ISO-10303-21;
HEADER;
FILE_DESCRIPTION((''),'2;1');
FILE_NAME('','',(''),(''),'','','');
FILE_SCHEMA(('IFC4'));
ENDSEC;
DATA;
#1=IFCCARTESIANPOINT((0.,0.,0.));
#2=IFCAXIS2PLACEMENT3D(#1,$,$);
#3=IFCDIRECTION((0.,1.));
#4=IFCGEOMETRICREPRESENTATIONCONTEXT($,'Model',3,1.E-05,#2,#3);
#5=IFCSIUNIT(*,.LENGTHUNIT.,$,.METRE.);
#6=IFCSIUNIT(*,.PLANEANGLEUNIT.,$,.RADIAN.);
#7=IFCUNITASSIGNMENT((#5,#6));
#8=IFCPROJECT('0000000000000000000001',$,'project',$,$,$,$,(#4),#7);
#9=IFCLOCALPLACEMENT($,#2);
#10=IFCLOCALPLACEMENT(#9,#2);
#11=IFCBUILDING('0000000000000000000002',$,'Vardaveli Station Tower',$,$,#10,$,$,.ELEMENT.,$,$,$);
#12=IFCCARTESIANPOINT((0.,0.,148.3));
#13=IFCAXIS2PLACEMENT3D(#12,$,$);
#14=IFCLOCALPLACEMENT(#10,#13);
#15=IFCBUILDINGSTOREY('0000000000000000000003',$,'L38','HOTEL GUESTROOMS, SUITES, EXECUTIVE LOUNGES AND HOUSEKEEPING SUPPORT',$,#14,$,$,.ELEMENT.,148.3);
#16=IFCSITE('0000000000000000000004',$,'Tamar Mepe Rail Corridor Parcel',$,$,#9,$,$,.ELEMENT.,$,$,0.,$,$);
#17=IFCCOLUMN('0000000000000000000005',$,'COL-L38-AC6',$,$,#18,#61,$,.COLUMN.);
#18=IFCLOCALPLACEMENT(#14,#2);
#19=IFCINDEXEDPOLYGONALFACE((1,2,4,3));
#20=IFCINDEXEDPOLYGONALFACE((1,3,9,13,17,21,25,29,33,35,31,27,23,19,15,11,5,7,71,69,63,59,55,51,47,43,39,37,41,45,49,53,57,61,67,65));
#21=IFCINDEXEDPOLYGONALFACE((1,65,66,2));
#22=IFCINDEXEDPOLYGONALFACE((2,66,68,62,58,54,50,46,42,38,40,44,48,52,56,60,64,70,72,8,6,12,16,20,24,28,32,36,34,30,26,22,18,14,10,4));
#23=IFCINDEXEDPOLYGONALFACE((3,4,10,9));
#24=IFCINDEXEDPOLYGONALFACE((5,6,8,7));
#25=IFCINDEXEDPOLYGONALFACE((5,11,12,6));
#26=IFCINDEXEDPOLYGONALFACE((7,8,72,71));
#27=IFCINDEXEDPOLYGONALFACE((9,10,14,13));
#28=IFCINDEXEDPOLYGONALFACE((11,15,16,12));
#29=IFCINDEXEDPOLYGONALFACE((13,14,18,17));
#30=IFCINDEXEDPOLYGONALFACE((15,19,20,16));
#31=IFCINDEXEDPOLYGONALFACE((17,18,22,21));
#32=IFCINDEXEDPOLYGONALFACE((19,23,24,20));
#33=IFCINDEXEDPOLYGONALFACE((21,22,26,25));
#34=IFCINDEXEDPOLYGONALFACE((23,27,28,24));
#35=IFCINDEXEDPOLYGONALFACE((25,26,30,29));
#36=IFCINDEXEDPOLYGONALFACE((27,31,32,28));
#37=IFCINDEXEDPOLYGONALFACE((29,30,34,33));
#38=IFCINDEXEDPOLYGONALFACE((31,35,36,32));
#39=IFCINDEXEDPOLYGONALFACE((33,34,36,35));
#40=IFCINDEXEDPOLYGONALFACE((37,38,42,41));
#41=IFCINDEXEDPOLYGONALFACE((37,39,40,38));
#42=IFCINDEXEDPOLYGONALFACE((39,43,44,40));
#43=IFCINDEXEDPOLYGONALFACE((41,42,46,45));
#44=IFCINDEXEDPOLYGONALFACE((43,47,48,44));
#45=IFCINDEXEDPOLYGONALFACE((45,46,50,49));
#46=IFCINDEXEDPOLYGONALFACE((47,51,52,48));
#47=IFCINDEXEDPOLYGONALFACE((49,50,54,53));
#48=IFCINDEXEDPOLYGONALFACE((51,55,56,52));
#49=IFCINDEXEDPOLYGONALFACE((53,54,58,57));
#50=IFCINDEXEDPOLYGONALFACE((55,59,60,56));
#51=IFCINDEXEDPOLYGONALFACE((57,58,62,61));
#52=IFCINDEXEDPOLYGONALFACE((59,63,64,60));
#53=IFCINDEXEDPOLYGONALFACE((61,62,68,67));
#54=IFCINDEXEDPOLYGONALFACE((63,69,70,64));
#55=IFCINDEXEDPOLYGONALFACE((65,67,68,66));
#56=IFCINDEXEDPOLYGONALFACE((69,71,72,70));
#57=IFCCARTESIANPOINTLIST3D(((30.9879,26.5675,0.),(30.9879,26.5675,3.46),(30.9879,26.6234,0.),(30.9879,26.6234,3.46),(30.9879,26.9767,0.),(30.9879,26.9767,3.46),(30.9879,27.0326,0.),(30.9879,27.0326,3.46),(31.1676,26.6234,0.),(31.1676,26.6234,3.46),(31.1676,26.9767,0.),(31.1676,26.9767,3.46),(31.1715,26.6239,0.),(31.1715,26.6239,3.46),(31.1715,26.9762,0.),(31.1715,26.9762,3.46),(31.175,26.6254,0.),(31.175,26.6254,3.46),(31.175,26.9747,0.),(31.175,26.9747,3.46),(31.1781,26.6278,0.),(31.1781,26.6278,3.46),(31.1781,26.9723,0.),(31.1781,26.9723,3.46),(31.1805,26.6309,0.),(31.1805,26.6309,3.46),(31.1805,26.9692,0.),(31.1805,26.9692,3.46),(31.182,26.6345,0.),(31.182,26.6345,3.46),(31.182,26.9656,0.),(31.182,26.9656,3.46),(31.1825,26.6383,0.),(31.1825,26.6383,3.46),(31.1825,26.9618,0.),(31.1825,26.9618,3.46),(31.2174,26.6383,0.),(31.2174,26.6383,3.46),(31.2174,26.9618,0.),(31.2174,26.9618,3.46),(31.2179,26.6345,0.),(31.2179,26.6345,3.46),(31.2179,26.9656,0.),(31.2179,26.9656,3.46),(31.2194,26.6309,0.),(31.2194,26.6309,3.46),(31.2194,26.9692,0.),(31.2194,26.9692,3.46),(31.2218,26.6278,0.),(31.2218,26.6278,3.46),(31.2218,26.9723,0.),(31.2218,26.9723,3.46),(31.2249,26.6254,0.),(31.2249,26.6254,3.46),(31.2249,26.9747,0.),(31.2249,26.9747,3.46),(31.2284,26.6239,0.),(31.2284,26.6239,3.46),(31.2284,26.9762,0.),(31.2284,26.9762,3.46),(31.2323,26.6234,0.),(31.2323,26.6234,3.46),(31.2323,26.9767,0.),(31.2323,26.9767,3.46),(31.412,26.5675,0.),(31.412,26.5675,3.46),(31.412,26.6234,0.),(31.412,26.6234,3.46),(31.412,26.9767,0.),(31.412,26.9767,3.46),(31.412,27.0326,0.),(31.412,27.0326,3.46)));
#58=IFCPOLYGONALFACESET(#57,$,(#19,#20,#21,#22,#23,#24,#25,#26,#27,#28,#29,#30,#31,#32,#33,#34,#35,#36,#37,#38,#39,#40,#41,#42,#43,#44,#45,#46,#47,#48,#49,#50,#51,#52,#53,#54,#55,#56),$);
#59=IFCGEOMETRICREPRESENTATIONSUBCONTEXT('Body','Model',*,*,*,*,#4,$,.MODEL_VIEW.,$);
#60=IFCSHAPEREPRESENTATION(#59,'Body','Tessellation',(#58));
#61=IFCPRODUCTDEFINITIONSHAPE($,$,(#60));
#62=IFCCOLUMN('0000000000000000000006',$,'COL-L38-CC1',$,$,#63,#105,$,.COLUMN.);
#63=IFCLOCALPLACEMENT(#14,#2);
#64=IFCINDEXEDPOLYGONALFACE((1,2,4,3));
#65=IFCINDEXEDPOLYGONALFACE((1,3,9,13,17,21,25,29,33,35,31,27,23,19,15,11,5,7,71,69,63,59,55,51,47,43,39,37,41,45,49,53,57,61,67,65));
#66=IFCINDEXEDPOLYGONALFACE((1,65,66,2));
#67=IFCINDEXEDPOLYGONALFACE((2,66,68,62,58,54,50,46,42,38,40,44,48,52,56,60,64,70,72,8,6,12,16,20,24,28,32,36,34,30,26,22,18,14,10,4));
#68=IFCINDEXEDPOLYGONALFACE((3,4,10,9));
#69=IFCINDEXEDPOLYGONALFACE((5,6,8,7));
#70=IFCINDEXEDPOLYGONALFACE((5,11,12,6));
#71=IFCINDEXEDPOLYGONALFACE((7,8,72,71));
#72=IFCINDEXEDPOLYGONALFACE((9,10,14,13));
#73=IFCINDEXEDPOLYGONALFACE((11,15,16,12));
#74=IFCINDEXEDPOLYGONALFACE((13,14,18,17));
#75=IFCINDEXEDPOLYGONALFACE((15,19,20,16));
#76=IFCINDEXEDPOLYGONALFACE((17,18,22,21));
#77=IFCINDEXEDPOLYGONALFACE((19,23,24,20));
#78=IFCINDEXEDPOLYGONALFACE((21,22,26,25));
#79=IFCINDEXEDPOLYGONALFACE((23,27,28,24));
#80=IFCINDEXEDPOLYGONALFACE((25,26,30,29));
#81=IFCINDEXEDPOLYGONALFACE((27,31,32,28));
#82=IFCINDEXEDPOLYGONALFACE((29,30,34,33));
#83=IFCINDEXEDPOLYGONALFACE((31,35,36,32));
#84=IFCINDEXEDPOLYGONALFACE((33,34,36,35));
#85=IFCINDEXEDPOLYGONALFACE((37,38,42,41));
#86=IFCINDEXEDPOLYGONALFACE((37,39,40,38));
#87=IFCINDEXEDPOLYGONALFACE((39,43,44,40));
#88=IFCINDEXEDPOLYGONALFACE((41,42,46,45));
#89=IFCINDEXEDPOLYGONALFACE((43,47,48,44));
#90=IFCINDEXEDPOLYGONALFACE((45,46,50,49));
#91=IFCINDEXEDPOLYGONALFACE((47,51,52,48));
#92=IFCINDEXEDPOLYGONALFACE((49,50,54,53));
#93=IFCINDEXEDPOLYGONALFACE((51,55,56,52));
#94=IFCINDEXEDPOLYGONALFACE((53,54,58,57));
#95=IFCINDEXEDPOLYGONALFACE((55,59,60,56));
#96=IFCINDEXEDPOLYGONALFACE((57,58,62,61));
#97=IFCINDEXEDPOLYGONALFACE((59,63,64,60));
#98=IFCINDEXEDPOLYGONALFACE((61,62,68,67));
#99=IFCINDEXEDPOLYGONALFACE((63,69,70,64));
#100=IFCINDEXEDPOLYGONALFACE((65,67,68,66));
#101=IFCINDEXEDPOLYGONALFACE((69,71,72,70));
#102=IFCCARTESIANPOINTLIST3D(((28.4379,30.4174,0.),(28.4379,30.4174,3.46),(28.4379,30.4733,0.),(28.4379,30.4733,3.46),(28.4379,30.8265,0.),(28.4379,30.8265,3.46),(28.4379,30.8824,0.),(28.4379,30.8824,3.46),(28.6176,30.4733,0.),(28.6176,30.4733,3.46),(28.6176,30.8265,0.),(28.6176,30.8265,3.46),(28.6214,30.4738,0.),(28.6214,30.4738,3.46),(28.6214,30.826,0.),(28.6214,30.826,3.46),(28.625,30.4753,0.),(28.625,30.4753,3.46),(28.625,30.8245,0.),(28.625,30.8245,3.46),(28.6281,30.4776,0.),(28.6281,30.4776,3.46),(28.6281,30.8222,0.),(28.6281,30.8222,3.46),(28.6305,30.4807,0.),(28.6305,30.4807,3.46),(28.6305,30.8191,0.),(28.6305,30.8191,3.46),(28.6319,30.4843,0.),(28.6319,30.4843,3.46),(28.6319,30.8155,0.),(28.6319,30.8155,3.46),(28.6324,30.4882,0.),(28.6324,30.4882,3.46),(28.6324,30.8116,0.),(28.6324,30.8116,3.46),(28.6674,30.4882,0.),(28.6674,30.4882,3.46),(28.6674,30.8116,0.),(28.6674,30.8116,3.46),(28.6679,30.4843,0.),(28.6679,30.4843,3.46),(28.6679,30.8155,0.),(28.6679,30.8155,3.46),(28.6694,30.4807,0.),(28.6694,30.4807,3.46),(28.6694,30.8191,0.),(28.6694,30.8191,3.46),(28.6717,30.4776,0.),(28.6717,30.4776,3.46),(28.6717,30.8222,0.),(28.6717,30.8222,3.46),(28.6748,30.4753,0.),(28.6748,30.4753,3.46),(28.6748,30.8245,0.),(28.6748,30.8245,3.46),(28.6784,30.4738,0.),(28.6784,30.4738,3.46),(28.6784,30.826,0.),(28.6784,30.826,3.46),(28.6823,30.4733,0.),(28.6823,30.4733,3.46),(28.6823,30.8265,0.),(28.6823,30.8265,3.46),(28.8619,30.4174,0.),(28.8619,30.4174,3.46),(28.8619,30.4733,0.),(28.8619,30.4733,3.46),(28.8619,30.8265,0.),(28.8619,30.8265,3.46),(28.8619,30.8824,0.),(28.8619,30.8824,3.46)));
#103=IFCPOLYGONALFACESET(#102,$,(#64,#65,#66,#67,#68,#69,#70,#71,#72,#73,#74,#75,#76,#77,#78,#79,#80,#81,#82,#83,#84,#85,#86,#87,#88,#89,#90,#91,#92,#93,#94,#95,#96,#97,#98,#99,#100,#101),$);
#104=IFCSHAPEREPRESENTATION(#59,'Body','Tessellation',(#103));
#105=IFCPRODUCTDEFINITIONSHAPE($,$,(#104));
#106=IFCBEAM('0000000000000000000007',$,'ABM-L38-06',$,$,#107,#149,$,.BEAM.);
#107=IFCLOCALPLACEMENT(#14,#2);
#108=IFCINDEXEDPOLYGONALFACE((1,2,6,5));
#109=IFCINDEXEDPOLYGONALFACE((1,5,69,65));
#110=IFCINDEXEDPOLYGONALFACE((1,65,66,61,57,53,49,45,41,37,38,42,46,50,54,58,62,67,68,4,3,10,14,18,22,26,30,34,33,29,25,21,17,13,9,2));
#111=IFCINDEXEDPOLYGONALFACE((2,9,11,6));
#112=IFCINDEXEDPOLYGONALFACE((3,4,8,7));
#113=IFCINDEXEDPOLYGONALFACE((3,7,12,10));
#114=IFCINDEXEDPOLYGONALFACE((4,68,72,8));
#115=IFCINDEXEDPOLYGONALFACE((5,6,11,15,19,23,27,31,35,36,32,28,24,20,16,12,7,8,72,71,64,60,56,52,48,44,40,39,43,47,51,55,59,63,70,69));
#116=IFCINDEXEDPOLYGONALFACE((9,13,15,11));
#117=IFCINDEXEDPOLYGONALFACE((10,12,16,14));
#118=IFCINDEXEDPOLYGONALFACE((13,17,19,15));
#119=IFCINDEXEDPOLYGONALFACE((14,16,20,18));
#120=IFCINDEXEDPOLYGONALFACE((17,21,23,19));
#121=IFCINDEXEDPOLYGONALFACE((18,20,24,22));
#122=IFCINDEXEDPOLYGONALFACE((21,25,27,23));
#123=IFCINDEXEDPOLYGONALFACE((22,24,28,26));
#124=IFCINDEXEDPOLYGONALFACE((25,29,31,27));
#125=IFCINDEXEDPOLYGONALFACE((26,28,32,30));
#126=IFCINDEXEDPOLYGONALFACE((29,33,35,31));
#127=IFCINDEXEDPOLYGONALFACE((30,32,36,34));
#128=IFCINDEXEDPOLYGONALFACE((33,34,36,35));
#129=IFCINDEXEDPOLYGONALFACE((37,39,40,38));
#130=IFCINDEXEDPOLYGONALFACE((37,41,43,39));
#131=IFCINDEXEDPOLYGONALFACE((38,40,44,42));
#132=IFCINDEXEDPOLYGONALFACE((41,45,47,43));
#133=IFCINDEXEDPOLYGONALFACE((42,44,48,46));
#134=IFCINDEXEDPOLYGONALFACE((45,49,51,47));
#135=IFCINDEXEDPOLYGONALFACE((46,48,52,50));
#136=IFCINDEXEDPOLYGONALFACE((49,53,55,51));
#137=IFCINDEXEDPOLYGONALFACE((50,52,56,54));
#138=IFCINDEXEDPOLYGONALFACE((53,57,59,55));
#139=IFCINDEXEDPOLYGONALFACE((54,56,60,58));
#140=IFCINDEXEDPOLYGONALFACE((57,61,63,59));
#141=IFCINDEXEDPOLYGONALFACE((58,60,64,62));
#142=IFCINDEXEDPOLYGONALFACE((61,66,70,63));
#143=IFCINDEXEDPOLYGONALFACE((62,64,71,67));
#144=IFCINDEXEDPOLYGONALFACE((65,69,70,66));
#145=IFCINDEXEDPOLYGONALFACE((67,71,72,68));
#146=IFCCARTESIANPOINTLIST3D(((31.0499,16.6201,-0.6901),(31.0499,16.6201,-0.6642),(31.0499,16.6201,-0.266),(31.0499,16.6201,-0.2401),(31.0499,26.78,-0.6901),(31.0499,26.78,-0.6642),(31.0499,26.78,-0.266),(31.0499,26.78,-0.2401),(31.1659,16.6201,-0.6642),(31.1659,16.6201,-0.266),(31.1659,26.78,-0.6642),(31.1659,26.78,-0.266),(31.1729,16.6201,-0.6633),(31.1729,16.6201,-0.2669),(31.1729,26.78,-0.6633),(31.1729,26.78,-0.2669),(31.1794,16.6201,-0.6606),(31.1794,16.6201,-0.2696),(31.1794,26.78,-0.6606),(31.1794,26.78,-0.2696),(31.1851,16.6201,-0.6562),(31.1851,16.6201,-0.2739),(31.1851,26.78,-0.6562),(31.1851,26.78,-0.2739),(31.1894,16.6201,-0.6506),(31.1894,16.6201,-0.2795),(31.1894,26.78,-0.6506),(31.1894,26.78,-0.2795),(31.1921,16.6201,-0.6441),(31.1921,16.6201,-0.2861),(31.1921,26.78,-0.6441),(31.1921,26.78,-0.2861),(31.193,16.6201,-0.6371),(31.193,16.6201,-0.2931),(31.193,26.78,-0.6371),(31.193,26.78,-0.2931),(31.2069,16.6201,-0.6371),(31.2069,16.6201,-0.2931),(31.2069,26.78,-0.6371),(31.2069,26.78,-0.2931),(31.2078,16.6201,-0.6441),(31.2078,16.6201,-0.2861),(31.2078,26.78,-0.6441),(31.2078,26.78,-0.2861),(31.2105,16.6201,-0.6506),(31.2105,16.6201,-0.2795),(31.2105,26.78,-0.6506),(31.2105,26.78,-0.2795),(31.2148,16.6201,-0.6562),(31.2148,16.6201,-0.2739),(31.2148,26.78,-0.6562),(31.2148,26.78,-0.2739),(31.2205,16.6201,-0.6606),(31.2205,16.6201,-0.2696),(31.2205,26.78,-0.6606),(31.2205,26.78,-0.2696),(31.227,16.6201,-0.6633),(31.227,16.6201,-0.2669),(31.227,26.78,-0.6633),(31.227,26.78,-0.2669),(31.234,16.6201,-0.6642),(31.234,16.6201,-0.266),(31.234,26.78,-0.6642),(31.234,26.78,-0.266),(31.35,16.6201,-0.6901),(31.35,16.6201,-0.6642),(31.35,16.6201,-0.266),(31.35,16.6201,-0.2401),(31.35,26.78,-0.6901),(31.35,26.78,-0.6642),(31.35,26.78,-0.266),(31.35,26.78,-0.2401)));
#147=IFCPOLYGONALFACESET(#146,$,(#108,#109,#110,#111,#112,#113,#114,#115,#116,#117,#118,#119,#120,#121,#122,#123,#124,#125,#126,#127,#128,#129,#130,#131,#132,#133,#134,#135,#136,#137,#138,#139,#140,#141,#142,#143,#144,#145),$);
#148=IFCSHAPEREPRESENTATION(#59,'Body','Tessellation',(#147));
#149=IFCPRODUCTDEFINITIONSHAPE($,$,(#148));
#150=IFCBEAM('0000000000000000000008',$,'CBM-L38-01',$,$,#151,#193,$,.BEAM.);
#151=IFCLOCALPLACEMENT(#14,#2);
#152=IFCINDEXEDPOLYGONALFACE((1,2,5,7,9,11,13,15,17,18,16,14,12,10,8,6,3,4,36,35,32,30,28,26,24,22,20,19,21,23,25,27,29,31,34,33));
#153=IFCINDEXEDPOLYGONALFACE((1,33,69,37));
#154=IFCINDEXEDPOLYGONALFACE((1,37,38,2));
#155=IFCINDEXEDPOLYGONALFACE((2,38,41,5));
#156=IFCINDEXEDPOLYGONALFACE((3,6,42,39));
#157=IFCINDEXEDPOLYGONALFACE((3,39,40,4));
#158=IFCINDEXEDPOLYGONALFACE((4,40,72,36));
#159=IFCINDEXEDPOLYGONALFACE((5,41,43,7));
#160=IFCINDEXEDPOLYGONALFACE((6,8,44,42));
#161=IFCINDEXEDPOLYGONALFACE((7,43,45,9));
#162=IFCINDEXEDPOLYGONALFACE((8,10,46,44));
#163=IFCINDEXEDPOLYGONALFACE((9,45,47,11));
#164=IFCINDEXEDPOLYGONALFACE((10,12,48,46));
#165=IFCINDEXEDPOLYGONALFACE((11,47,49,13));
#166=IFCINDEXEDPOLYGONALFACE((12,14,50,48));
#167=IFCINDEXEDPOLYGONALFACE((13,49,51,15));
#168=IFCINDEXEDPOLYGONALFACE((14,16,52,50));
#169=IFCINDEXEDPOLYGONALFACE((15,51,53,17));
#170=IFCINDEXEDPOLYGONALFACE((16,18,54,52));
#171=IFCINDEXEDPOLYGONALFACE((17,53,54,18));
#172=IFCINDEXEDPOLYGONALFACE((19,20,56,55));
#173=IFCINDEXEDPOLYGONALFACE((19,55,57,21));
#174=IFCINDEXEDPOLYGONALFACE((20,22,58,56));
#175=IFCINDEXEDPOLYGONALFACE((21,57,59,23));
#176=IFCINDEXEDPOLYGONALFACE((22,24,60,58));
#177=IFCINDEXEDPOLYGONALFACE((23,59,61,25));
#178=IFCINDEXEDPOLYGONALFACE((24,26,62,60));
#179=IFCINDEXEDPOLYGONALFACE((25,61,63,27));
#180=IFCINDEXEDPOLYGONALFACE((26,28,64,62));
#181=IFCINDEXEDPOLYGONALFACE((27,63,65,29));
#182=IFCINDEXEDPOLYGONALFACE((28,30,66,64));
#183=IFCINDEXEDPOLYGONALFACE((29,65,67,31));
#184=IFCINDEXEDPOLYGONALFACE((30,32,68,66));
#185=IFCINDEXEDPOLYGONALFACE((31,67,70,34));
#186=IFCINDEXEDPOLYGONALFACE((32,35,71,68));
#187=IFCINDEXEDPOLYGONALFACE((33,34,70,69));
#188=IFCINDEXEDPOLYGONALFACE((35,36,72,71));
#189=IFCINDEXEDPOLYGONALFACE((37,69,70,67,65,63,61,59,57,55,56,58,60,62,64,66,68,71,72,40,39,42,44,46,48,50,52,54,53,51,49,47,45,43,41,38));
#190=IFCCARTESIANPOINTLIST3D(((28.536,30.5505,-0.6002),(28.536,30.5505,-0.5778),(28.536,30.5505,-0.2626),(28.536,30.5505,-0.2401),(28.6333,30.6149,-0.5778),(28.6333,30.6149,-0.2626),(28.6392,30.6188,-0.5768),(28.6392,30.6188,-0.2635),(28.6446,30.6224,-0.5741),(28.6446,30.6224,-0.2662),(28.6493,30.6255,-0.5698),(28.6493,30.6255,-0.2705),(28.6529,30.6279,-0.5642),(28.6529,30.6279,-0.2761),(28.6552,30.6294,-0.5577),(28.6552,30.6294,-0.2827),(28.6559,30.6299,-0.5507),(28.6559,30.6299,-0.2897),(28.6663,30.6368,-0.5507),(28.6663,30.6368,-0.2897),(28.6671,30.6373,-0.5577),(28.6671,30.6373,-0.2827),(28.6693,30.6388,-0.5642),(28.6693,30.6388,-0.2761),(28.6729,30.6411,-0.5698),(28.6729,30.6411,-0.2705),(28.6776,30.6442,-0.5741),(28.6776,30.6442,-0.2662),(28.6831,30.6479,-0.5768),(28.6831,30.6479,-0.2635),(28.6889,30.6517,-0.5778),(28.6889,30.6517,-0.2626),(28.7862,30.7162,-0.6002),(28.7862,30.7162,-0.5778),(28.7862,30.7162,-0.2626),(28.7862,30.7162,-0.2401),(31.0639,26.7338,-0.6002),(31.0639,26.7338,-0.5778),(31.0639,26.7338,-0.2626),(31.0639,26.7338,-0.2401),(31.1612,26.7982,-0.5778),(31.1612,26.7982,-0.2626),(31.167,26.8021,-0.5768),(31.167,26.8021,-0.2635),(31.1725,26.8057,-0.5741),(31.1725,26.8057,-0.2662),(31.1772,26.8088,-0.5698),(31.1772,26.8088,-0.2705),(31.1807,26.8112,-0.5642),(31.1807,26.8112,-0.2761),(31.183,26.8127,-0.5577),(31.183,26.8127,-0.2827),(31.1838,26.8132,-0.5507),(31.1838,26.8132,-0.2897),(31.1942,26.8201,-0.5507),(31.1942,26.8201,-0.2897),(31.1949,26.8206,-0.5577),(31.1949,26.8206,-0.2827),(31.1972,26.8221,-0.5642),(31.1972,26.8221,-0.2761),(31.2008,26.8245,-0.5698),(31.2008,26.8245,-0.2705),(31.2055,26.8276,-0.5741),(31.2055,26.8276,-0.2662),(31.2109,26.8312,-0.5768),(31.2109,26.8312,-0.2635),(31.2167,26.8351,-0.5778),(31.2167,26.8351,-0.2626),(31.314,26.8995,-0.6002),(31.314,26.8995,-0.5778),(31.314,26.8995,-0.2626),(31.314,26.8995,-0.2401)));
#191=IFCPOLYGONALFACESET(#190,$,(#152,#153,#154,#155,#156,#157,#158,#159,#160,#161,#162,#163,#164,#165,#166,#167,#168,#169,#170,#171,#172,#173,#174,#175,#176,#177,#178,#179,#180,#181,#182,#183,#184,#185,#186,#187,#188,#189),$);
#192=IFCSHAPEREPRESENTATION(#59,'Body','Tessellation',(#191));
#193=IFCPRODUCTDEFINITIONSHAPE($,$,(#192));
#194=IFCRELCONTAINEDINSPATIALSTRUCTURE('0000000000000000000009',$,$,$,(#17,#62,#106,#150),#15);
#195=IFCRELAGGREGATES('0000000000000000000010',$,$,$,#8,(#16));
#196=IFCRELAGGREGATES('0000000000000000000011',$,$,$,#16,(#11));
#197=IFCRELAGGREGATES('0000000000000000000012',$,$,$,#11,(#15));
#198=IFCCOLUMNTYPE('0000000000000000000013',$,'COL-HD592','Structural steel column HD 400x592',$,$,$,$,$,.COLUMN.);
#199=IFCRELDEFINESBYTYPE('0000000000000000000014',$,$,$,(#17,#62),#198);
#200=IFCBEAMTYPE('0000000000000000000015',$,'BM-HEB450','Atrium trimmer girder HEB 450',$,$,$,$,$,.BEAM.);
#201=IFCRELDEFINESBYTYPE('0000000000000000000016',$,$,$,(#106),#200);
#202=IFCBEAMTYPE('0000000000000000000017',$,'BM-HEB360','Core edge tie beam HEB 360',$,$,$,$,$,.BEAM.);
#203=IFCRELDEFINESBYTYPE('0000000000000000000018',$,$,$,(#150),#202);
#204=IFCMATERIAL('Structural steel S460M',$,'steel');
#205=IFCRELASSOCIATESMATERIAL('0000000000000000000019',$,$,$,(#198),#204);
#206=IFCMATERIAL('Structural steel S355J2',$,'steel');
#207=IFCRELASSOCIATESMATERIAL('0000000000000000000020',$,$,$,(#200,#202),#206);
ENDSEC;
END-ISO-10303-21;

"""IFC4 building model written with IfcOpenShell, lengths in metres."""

from ifc_helpers import new_model, si_unit, direction, frame, origin, origin_2d, place, context, subcontext, project, spatial, i_section, extrude, source, transform, mapped, material, material_profile, profile_set, type_object, element, save


model = new_model("IFC4")

# Units and contexts
model_context = context("Model", 3, precision=1e-05, world=origin(), true_north=direction((0.0, 1.0)))
body_context = subcontext(model_context, "Body", "Model", "MODEL_VIEW")
ifc_project = project(units=[si_unit("LENGTHUNIT", "METRE"), si_unit("PLANEANGLEUNIT", "RADIAN")], contexts=[model_context])

# Site, building, storey
site_placement = place(None, origin())
site = spatial("IfcSite", under=ifc_project, at=site_placement, Name="Tamar Mepe Rail Corridor Parcel", CompositionType="ELEMENT", RefElevation=0.0)
building_placement = place(site_placement, origin())
building = spatial("IfcBuilding", under=site, at=building_placement, Name="Vardaveli Station Tower", CompositionType="ELEMENT")
storey_placement = place(building_placement, frame((0.0, 0.0, 148.3)))
storey = spatial("IfcBuildingStorey", under=building, at=storey_placement, Name="L38", Description="HOTEL GUESTROOMS, SUITES, EXECUTIVE LOUNGES AND HOUSEKEEPING SUPPORT", CompositionType="ELEMENT", Elevation=148.3)

# Columns
ifc_material_1 = material(Name="Structural steel S460M", Category="steel")
ifc_material_profile_1 = material_profile(ifc_material_1, i_section(OverallWidth=0.4241, OverallDepth=0.4651, WebThickness=0.0349, FlangeThickness=0.0559, FilletRadius=0.0149, at=origin_2d()), Name="HD 400x592")
ifc_profile_set_1 = profile_set([ifc_material_profile_1], Name="Structural steel S460M")
column_type = type_object("IfcColumnType", Name="COL-HD592", Description="Structural steel column HD 400x592", PredefinedType="COLUMN", material=ifc_profile_set_1)
shared_shape_1 = source(origin(), body_context, "Body", "SweptSolid", [
    extrude(i_section(OverallWidth=0.4241, OverallDepth=0.4651, WebThickness=0.0349, FlangeThickness=0.0559, FilletRadius=0.0149, at=origin_2d()), origin(), (0.0, 0.0, 1.0), 3.46),
])
for number, where, z_axis, x_axis, name in (
    (1, (31.2, 26.8, 0.0), (0.0, 0.0, 1.0), (1.0, 0.0, 0.0), "COL-L38-AC6"),
    (2, (28.6499, 30.6499, 0.0), (0.0, 0.0, 1.0), (1.0, 0.0, 0.0), "COL-L38-CC1"),
):
    element("IfcColumn", number, at=place(storey_placement, frame(where, z_axis=z_axis, x_axis=x_axis)), inside=storey, type_object=column_type, Name=name, PredefinedType="COLUMN", context=body_context, shape_type="MappedRepresentation", body=[
        mapped(shared_shape_1, transform((0.0, 0.0, 0.0), scale=1.0)),
    ])

# Beams
ifc_material_2 = material(Name="Structural steel S355J2", Category="steel")
ifc_material_profile_2 = material_profile(ifc_material_2, i_section(OverallWidth=0.3, OverallDepth=0.45, WebThickness=0.0139, FlangeThickness=0.0259, FilletRadius=0.0271, at=origin_2d()), Name="HEB 450")
ifc_profile_set_2 = profile_set([ifc_material_profile_2], Name="Structural steel S355J2")
beam_type_1 = type_object("IfcBeamType", Name="BM-HEB450", Description="Atrium trimmer girder HEB 450", PredefinedType="BEAM", material=ifc_profile_set_2)
shared_shape_2 = source(origin(), body_context, "Body", "SweptSolid", [
    extrude(i_section(OverallWidth=0.3, OverallDepth=0.45, WebThickness=0.0139, FlangeThickness=0.0259, FilletRadius=0.0271, at=origin_2d()), origin(), (0.0, 0.0, 1.0), 10.1599),
])
beam_1_placement = place(storey_placement, frame((31.2, 26.78, -0.4651), z_axis=(0.0, -1.0, 0.0), x_axis=(1.0, 0.0, 0.0)))
element("IfcBeam", 3, at=beam_1_placement, inside=storey, type_object=beam_type_1, Name="ABM-L38-06", PredefinedType="BEAM", context=body_context, shape_type="MappedRepresentation", body=[
    mapped(shared_shape_2, transform((0.0, 0.0, 0.0), scale=1.0)),
])
ifc_material_profile_3 = material_profile(ifc_material_2, i_section(OverallWidth=0.3, OverallDepth=0.3601, WebThickness=0.0125, FlangeThickness=0.0225, FilletRadius=0.0271, at=origin_2d()), Name="HEB 360")
ifc_profile_set_3 = profile_set([ifc_material_profile_3], Name="Structural steel S355J2")
beam_type_2 = type_object("IfcBeamType", Name="BM-HEB360", Description="Core edge tie beam HEB 360", PredefinedType="BEAM", material=ifc_profile_set_3)
shared_shape_3 = source(origin(), body_context, "Body", "SweptSolid", [
    extrude(i_section(OverallWidth=0.3, OverallDepth=0.3601, WebThickness=0.0125, FlangeThickness=0.0225, FilletRadius=0.0271, at=origin_2d()), origin(), (0.0, 0.0, 1.0), 4.5779),
])
beam_2_placement = place(storey_placement, frame((31.189, 26.8167, -0.4202), z_axis=(-0.552187, 0.83372, 0.0), x_axis=(-0.83372, -0.552187, 0.0)))
element("IfcBeam", 4, at=beam_2_placement, inside=storey, type_object=beam_type_2, Name="CBM-L38-01", PredefinedType="BEAM", context=body_context, shape_type="MappedRepresentation", body=[
    mapped(shared_shape_3, transform((0.0, 0.0, 0.0), scale=1.0)),
])

save(model, "model.ifc")
